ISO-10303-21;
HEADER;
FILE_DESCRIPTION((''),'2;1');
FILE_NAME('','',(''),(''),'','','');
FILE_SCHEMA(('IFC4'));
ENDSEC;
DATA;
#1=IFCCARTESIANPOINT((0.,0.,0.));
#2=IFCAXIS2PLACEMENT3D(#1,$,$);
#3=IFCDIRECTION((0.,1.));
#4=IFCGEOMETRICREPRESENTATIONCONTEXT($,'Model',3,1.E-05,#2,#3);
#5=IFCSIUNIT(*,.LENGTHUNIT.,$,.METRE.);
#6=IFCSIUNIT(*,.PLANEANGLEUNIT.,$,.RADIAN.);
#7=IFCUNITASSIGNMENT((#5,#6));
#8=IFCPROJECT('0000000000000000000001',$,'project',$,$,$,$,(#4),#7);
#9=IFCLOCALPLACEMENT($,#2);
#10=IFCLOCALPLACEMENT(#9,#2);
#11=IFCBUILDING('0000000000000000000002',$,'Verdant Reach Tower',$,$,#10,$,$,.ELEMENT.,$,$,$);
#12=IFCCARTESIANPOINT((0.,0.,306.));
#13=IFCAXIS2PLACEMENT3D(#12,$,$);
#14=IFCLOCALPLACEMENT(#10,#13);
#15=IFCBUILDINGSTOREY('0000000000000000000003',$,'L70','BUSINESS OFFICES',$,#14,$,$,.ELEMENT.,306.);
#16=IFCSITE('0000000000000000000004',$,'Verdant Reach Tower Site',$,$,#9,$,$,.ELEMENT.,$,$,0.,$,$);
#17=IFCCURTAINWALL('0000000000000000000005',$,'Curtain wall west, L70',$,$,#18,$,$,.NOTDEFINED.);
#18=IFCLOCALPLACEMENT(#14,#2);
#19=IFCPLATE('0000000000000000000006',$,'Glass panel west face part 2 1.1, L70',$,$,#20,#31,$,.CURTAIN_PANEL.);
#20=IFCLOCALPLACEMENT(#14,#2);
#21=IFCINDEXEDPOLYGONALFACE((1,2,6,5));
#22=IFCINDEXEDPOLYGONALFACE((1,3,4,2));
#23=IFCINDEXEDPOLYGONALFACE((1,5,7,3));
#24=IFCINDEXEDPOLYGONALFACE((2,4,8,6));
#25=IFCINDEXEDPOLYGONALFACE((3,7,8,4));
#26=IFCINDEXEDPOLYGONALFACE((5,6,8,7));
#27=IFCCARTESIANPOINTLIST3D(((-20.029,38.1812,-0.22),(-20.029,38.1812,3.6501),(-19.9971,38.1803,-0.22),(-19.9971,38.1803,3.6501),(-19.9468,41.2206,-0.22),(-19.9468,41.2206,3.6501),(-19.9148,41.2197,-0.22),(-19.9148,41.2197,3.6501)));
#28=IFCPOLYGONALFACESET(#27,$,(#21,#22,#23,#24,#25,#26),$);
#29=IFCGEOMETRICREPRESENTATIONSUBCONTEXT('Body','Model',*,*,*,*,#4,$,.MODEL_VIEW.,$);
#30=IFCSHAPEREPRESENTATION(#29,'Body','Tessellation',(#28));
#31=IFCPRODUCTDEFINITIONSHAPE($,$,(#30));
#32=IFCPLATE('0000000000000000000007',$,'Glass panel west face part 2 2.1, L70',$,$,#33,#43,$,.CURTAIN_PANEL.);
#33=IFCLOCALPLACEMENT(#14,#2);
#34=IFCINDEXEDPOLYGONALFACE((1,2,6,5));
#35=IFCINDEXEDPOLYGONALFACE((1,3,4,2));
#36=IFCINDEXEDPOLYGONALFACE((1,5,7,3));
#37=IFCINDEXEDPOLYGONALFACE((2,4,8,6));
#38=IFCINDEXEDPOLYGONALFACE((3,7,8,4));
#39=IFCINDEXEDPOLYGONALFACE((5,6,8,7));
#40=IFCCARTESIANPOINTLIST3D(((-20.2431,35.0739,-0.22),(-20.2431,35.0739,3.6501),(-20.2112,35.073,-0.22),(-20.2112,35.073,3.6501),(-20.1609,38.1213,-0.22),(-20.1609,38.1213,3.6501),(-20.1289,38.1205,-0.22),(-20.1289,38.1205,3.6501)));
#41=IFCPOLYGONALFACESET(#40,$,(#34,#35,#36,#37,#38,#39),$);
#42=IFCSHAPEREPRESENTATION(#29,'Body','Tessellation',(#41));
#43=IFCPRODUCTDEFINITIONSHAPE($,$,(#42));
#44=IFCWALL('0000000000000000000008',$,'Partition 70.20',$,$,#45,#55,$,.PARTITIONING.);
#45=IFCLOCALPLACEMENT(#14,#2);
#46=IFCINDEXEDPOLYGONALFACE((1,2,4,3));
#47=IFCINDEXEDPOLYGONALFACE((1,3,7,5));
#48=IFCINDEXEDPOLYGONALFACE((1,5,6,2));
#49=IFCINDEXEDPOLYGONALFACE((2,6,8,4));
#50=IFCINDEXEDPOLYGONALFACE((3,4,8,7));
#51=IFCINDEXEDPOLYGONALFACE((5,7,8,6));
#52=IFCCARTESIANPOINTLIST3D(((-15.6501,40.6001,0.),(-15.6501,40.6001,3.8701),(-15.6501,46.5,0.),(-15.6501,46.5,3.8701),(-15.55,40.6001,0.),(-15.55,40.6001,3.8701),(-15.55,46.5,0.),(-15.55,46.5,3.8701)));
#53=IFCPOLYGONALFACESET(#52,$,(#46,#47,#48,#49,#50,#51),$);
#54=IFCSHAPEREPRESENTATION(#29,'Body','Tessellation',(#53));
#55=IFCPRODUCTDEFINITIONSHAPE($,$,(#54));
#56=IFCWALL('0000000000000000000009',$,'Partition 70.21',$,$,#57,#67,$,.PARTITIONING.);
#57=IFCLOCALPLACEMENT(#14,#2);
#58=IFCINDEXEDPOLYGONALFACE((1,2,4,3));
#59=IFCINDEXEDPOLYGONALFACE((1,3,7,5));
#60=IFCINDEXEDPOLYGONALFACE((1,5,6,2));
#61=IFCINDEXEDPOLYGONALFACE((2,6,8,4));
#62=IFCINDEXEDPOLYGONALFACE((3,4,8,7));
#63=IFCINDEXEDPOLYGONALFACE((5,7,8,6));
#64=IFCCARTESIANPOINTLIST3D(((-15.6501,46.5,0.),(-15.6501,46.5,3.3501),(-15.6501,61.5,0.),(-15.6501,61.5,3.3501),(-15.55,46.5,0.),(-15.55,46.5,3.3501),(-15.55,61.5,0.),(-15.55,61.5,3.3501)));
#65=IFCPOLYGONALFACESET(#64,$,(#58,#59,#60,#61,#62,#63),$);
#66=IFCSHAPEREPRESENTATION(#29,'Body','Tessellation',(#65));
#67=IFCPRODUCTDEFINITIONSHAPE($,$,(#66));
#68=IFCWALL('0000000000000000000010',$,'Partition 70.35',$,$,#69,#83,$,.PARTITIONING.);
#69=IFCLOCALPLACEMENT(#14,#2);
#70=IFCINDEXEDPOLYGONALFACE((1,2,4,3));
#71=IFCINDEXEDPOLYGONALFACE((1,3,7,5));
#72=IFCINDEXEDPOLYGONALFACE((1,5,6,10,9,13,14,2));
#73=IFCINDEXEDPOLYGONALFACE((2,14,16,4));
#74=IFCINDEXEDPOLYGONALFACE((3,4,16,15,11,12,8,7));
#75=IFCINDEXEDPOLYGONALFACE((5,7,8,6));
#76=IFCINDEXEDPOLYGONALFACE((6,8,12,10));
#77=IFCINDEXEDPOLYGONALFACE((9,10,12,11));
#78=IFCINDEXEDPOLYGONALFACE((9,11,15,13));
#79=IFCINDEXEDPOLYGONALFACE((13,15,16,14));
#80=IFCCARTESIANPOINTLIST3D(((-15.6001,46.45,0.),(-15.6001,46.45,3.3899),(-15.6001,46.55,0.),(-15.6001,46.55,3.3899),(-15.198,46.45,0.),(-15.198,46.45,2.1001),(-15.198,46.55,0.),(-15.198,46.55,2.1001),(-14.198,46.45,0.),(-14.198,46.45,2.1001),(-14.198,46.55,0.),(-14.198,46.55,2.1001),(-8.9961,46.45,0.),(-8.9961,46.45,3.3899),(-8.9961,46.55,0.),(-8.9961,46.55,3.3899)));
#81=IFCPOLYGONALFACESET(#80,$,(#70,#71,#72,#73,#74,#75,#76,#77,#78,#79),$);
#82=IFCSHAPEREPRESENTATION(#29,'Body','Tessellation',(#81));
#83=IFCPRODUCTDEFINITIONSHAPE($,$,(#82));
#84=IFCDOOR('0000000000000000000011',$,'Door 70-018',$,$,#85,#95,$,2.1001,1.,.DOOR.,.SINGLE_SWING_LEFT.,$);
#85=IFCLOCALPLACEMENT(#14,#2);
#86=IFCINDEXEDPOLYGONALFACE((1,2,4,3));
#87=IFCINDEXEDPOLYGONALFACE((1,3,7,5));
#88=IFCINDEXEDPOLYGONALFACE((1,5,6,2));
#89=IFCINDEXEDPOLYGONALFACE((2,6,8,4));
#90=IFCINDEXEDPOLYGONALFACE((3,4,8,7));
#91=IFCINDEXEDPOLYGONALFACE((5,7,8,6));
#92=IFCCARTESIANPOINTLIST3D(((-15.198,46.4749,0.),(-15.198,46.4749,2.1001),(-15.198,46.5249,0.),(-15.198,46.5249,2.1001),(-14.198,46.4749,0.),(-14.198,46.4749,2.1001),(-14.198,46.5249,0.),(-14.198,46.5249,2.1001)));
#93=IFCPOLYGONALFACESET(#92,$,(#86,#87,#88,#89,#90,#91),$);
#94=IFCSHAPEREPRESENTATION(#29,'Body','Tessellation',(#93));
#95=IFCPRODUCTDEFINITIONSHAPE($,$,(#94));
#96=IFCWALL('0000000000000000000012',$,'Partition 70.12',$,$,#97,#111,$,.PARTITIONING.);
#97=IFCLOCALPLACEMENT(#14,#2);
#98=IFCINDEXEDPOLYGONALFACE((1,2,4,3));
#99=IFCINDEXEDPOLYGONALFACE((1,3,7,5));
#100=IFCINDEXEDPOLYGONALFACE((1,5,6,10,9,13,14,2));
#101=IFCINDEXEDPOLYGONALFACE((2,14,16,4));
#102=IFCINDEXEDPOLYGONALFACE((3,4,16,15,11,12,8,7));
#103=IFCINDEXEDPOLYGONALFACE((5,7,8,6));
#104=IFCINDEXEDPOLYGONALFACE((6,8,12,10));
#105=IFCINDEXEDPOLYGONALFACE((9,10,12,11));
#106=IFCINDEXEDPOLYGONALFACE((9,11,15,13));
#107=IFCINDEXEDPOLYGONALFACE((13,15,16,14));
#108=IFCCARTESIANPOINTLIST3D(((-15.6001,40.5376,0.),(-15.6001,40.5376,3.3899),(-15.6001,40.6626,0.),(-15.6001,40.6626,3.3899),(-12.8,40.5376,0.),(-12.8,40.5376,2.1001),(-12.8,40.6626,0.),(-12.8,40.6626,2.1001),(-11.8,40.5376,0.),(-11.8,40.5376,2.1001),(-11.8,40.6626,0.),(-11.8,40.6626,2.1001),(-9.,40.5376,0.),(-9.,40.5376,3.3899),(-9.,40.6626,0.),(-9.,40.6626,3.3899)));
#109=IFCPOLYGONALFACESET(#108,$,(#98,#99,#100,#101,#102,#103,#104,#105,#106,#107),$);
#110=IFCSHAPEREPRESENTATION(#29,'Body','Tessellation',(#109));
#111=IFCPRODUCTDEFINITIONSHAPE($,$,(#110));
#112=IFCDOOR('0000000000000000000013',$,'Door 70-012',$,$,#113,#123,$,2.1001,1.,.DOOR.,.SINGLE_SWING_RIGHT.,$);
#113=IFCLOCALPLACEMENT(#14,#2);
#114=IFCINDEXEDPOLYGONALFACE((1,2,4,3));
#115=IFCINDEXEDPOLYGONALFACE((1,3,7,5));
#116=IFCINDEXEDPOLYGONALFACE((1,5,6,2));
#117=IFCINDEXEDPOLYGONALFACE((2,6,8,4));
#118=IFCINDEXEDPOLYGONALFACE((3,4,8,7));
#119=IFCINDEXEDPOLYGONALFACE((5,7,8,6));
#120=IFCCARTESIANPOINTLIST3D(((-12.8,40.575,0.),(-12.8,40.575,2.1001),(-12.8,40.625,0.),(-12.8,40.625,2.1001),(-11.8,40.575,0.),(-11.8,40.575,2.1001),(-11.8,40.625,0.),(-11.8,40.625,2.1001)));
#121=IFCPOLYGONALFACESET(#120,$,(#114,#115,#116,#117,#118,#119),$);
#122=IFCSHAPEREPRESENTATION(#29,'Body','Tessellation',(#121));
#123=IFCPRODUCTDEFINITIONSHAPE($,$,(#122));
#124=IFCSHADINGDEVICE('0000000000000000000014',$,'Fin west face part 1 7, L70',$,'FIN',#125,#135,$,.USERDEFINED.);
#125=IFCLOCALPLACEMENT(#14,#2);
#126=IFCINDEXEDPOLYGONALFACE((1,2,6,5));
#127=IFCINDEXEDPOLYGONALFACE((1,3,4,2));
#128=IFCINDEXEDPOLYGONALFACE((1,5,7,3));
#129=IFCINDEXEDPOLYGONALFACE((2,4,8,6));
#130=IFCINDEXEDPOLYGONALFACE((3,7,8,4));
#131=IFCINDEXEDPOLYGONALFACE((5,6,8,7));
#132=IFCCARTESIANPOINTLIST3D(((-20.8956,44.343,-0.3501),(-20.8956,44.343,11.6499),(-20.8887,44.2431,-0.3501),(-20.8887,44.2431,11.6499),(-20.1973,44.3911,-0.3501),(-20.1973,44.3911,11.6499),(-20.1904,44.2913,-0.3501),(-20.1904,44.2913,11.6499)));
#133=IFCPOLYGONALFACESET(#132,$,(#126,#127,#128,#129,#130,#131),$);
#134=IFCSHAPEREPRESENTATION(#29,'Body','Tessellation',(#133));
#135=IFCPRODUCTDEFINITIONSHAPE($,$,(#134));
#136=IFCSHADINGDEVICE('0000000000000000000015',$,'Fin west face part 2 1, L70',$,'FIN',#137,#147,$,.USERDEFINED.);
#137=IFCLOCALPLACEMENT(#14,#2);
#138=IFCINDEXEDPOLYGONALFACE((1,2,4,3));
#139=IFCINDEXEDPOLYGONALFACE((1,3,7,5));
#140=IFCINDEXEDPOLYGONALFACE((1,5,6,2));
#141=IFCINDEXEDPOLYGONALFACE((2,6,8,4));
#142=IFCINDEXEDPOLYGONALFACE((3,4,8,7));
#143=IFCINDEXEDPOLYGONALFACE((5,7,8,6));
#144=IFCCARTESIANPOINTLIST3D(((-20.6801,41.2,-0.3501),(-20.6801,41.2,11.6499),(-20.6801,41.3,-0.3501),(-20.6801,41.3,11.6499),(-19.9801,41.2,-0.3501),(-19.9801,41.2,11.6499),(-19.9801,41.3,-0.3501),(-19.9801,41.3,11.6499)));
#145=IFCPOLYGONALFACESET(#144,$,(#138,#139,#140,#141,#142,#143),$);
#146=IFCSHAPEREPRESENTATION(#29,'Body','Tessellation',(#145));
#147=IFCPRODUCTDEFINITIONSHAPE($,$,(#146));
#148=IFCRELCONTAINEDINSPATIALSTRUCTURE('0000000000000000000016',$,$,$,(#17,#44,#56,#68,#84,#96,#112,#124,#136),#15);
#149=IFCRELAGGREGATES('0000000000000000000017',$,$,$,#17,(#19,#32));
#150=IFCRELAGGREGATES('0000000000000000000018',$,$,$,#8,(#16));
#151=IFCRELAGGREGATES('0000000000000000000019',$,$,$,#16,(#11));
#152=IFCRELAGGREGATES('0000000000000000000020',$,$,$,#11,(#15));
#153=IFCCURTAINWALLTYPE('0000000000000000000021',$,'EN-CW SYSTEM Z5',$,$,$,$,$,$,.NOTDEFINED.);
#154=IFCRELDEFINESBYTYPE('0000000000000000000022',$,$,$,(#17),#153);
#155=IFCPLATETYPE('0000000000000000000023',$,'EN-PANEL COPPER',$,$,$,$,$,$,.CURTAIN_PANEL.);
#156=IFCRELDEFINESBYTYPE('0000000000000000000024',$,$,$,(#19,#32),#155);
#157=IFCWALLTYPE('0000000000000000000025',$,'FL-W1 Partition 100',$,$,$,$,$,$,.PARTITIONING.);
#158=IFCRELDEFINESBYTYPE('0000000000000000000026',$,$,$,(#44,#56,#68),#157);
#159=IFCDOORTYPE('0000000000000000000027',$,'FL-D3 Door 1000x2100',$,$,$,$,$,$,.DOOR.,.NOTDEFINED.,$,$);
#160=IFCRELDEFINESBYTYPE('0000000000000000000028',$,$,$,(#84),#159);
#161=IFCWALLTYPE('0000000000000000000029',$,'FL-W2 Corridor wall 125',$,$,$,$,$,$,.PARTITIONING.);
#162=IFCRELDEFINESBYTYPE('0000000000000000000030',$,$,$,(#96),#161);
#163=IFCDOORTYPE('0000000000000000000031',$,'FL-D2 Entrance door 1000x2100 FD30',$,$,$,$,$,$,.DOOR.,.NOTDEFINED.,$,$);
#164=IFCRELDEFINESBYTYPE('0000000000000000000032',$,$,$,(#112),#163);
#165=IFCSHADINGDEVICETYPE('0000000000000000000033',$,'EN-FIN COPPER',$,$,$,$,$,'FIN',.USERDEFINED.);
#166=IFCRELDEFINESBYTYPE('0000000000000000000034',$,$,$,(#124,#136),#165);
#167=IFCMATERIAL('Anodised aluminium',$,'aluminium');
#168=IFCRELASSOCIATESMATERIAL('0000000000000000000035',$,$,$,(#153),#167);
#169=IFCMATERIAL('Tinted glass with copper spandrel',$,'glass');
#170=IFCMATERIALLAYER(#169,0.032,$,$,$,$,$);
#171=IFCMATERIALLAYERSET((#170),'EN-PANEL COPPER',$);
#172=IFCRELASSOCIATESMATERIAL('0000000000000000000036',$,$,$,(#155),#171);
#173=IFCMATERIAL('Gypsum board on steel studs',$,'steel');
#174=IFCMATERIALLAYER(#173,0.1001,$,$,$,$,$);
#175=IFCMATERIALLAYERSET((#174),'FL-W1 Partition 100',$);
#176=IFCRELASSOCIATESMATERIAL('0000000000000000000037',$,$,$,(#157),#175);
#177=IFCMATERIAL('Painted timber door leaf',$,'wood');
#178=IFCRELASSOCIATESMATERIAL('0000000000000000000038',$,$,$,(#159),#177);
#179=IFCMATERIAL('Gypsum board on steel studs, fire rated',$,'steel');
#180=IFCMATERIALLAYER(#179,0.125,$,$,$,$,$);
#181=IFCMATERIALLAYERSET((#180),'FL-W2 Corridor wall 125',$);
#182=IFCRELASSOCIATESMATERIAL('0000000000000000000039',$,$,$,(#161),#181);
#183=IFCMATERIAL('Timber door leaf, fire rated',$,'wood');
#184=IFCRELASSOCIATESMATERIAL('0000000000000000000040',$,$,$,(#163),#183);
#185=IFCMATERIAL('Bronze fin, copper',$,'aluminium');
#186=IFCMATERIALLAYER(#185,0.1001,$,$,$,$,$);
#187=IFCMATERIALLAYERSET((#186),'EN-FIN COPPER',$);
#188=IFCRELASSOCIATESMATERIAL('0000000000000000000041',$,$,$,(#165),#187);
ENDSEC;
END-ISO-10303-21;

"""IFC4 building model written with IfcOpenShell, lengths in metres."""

from ifc_helpers import new_model, si_unit, direction, frame, frame_2d, origin, origin_2d, place, context, subcontext, project, spatial, rectangle, extrude, material, layer, layer_set, type_object, element, fill, aggregate, save


model = new_model("IFC4")

# Units and contexts
model_context = context("Model", 3, precision=1e-05, world=origin(), true_north=direction((0.0, 1.0)))
body_context = subcontext(model_context, "Body", "Model", "MODEL_VIEW")
ifc_project = project(units=[si_unit("LENGTHUNIT", "METRE"), si_unit("PLANEANGLEUNIT", "RADIAN")], contexts=[model_context])

# Site, building, storey
site_placement = place(None, origin())
site = spatial("IfcSite", under=ifc_project, at=site_placement, Name="Verdant Reach Tower Site", CompositionType="ELEMENT", RefElevation=0.0)
building_placement = place(site_placement, origin())
building = spatial("IfcBuilding", under=site, at=building_placement, Name="Verdant Reach Tower", CompositionType="ELEMENT")
storey_placement = place(building_placement, frame((0.0, 0.0, 306.0)))
storey = spatial("IfcBuildingStorey", under=building, at=storey_placement, Name="L70", Description="BUSINESS OFFICES", CompositionType="ELEMENT", Elevation=306.0)

# Curtain wall
ifc_material_1 = material(Name="Anodised aluminium", Category="aluminium")
curtain_wall_type = type_object("IfcCurtainWallType", Name="EN-CW SYSTEM Z5", PredefinedType="NOTDEFINED", material=ifc_material_1)
curtain_wall_placement = place(storey_placement, origin())
curtain_wall = element("IfcCurtainWall", 1, at=curtain_wall_placement, inside=storey, type_object=curtain_wall_type, Name="Curtain wall west, L70", PredefinedType="NOTDEFINED")

# Plates
ifc_material_2 = material(Name="Tinted glass with copper spandrel", Category="glass")
ifc_layer_1 = layer(ifc_material_2, 0.032)
ifc_layer_set_1 = layer_set([ifc_layer_1], Name="EN-PANEL COPPER")
plate_type_1 = type_object("IfcPlateType", Name="EN-PANEL COPPER", PredefinedType="CURTAIN_PANEL", material=ifc_layer_set_1)
plate_1_placement = place(storey_placement, frame((-19.9719, 39.7004, -0.22), z_axis=(0.0, 0.0, 1.0), x_axis=(-0.027053, -0.999634, 0.0)))
plate_1 = element("IfcPlate", 2, at=plate_1_placement, type_object=plate_type_1, Name="Glass panel west face part 2 1.1, L70", PredefinedType="CURTAIN_PANEL", context=body_context, shape_type="SweptSolid", body=[
    extrude(rectangle(XDim=3.0405, YDim=0.032, at=origin_2d()), origin(), (0.0, 0.0, 1.0), 3.8701),
])
plate_2_placement = place(storey_placement, frame((-20.186, 36.5972, -0.22), z_axis=(0.0, 0.0, 1.0), x_axis=(-0.026965, -0.999636, 0.0)))
plate_2 = element("IfcPlate", 3, at=plate_2_placement, type_object=plate_type_1, Name="Glass panel west face part 2 2.1, L70", PredefinedType="CURTAIN_PANEL", context=body_context, shape_type="SweptSolid", body=[
    extrude(rectangle(XDim=3.0486, YDim=0.032, at=origin_2d()), origin(), (0.0, 0.0, 1.0), 3.8701),
])
aggregate(curtain_wall, [plate_1, plate_2])

# Walls
ifc_material_3 = material(Name="Gypsum board on steel studs", Category="steel")
ifc_layer_2 = layer(ifc_material_3, 0.1001)
ifc_layer_set_2 = layer_set([ifc_layer_2], Name="FL-W1 Partition 100")
wall_type_1 = type_object("IfcWallType", Name="FL-W1 Partition 100", PredefinedType="PARTITIONING", material=ifc_layer_set_2)
wall_1_placement = place(storey_placement, frame((-15.6001, 40.6001, 0.0), z_axis=(0.0, 0.0, 1.0), x_axis=(0.0, 1.0, 0.0)))
element("IfcWall", 4, at=wall_1_placement, inside=storey, type_object=wall_type_1, Name="Partition 70.20", PredefinedType="PARTITIONING", context=body_context, shape_type="SweptSolid", body=[
    extrude(rectangle(XDim=5.8999, YDim=0.1001, at=frame_2d((2.95, 0.0))), origin(), (0.0, 0.0, 1.0), 3.8701),
])
wall_2_placement = place(storey_placement, frame((-15.6001, 46.5, 0.0), z_axis=(0.0, 0.0, 1.0), x_axis=(0.0, 1.0, 0.0)))
element("IfcWall", 5, at=wall_2_placement, inside=storey, type_object=wall_type_1, Name="Partition 70.21", PredefinedType="PARTITIONING", context=body_context, shape_type="SweptSolid", body=[
    extrude(rectangle(XDim=15.0, YDim=0.1001, at=frame_2d((7.5, 0.0))), origin(), (0.0, 0.0, 1.0), 3.3501),
])

# Walls, openings, doors
wall_3_placement = place(storey_placement, frame((-15.6001, 46.5, 0.0), z_axis=(0.0, 0.0, 1.0), x_axis=(1.0, 0.0, 0.0)))
wall_3 = element("IfcWall", 6, at=wall_3_placement, inside=storey, type_object=wall_type_1, Name="Partition 70.35", PredefinedType="PARTITIONING", context=body_context, shape_type="SweptSolid", body=[
    extrude(rectangle(XDim=6.604, YDim=0.1001, at=frame_2d((3.302, 0.0))), origin(), (0.0, 0.0, 1.0), 3.3899),
])
opening_1_placement = place(wall_3_placement, frame((0.4021, 0.0, 0.0)))
opening_1 = element("IfcOpeningElement", 7, at=opening_1_placement, cuts=wall_3, PredefinedType="OPENING", context=body_context, shape_type="SweptSolid", body=[
    extrude(rectangle(XDim=1.0, YDim=2.1001, at=frame_2d((0.5, 1.05))), frame((0.0, 0.0601, 0.0), z_axis=(0.0, -1.0, 0.0), x_axis=(1.0, 0.0, 0.0)), (0.0, 0.0, 1.0), 0.1201),
])
ifc_material_4 = material(Name="Painted timber door leaf", Category="wood")
door_type_1 = type_object("IfcDoorType", Name="FL-D3 Door 1000x2100", OperationType="NOTDEFINED", PredefinedType="DOOR", material=ifc_material_4)
door_1_placement = place(opening_1_placement, origin())
door_1 = element("IfcDoor", 8, at=door_1_placement, inside=storey, type_object=door_type_1, Name="Door 70-018", OperationType="SINGLE_SWING_LEFT", OverallHeight=2.1001, OverallWidth=1.0, PredefinedType="DOOR", context=body_context, shape_type="SweptSolid", body=[
    extrude(rectangle(XDim=1.0, YDim=2.1001, at=frame_2d((0.5, 1.05))), frame((0.0, 0.0249, 0.0), z_axis=(0.0, -1.0, 0.0), x_axis=(1.0, 0.0, 0.0)), (0.0, 0.0, 1.0), 0.05),
])
fill(opening_1, door_1)
ifc_material_5 = material(Name="Gypsum board on steel studs, fire rated", Category="steel")
ifc_layer_3 = layer(ifc_material_5, 0.125)
ifc_layer_set_3 = layer_set([ifc_layer_3], Name="FL-W2 Corridor wall 125")
wall_type_2 = type_object("IfcWallType", Name="FL-W2 Corridor wall 125", PredefinedType="PARTITIONING", material=ifc_layer_set_3)
wall_4_placement = place(storey_placement, frame((-15.6001, 40.6001, 0.0), z_axis=(0.0, 0.0, 1.0), x_axis=(1.0, 0.0, 0.0)))
wall_4 = element("IfcWall", 9, at=wall_4_placement, inside=storey, type_object=wall_type_2, Name="Partition 70.12", PredefinedType="PARTITIONING", context=body_context, shape_type="SweptSolid", body=[
    extrude(rectangle(XDim=6.6001, YDim=0.125, at=frame_2d((3.3, 0.0))), origin(), (0.0, 0.0, 1.0), 3.3899),
])
opening_2_placement = place(wall_4_placement, frame((2.8, 0.0, 0.0)))
opening_2 = element("IfcOpeningElement", 10, at=opening_2_placement, cuts=wall_4, PredefinedType="OPENING", context=body_context, shape_type="SweptSolid", body=[
    extrude(rectangle(XDim=1.0, YDim=2.1001, at=frame_2d((0.5, 1.05))), frame((0.0, 0.0725, 0.0), z_axis=(0.0, -1.0, 0.0), x_axis=(1.0, 0.0, 0.0)), (0.0, 0.0, 1.0), 0.145),
])
ifc_material_6 = material(Name="Timber door leaf, fire rated", Category="wood")
door_type_2 = type_object("IfcDoorType", Name="FL-D2 Entrance door 1000x2100 FD30", OperationType="NOTDEFINED", PredefinedType="DOOR", material=ifc_material_6)
door_2_placement = place(opening_2_placement, origin())
door_2 = element("IfcDoor", 11, at=door_2_placement, inside=storey, type_object=door_type_2, Name="Door 70-012", OperationType="SINGLE_SWING_RIGHT", OverallHeight=2.1001, OverallWidth=1.0, PredefinedType="DOOR", context=body_context, shape_type="SweptSolid", body=[
    extrude(rectangle(XDim=1.0, YDim=2.1001, at=frame_2d((0.5, 1.05))), frame((0.0, 0.0249, 0.0), z_axis=(0.0, -1.0, 0.0), x_axis=(1.0, 0.0, 0.0)), (0.0, 0.0, 1.0), 0.05),
])
fill(opening_2, door_2)

# Shading devices
ifc_material_7 = material(Name="Bronze fin, copper", Category="aluminium")
ifc_layer_4 = layer(ifc_material_7, 0.1001)
ifc_layer_set_4 = layer_set([ifc_layer_4], Name="EN-FIN COPPER")
shading_device_type = type_object("IfcShadingDeviceType", Name="EN-FIN COPPER", ElementType="FIN", PredefinedType="USERDEFINED", material=ifc_layer_set_4)
for number, where, z_axis, x_axis, name in (
    (12, (-20.543, 44.3171, -0.3501), (0.0, 0.0, 1.0), (0.068802, -0.99763, 0.0), "Fin west face part 1 7, L70"),
    (13, (-20.3301, 41.25, -0.3501), (0.0, 0.0, 1.0), (0.0, -1.0, 0.0), "Fin west face part 2 1, L70"),
):
    element("IfcShadingDevice", number, at=place(storey_placement, frame(where, z_axis=z_axis, x_axis=x_axis)), inside=storey, type_object=shading_device_type, Name=name, ObjectType="FIN", PredefinedType="USERDEFINED", context=body_context, shape_type="SweptSolid", body=[
        extrude(rectangle(XDim=0.1001, YDim=0.7, at=origin_2d()), origin(), (0.0, 0.0, 1.0), 12.0),
    ])

save(model, "model.ifc")
